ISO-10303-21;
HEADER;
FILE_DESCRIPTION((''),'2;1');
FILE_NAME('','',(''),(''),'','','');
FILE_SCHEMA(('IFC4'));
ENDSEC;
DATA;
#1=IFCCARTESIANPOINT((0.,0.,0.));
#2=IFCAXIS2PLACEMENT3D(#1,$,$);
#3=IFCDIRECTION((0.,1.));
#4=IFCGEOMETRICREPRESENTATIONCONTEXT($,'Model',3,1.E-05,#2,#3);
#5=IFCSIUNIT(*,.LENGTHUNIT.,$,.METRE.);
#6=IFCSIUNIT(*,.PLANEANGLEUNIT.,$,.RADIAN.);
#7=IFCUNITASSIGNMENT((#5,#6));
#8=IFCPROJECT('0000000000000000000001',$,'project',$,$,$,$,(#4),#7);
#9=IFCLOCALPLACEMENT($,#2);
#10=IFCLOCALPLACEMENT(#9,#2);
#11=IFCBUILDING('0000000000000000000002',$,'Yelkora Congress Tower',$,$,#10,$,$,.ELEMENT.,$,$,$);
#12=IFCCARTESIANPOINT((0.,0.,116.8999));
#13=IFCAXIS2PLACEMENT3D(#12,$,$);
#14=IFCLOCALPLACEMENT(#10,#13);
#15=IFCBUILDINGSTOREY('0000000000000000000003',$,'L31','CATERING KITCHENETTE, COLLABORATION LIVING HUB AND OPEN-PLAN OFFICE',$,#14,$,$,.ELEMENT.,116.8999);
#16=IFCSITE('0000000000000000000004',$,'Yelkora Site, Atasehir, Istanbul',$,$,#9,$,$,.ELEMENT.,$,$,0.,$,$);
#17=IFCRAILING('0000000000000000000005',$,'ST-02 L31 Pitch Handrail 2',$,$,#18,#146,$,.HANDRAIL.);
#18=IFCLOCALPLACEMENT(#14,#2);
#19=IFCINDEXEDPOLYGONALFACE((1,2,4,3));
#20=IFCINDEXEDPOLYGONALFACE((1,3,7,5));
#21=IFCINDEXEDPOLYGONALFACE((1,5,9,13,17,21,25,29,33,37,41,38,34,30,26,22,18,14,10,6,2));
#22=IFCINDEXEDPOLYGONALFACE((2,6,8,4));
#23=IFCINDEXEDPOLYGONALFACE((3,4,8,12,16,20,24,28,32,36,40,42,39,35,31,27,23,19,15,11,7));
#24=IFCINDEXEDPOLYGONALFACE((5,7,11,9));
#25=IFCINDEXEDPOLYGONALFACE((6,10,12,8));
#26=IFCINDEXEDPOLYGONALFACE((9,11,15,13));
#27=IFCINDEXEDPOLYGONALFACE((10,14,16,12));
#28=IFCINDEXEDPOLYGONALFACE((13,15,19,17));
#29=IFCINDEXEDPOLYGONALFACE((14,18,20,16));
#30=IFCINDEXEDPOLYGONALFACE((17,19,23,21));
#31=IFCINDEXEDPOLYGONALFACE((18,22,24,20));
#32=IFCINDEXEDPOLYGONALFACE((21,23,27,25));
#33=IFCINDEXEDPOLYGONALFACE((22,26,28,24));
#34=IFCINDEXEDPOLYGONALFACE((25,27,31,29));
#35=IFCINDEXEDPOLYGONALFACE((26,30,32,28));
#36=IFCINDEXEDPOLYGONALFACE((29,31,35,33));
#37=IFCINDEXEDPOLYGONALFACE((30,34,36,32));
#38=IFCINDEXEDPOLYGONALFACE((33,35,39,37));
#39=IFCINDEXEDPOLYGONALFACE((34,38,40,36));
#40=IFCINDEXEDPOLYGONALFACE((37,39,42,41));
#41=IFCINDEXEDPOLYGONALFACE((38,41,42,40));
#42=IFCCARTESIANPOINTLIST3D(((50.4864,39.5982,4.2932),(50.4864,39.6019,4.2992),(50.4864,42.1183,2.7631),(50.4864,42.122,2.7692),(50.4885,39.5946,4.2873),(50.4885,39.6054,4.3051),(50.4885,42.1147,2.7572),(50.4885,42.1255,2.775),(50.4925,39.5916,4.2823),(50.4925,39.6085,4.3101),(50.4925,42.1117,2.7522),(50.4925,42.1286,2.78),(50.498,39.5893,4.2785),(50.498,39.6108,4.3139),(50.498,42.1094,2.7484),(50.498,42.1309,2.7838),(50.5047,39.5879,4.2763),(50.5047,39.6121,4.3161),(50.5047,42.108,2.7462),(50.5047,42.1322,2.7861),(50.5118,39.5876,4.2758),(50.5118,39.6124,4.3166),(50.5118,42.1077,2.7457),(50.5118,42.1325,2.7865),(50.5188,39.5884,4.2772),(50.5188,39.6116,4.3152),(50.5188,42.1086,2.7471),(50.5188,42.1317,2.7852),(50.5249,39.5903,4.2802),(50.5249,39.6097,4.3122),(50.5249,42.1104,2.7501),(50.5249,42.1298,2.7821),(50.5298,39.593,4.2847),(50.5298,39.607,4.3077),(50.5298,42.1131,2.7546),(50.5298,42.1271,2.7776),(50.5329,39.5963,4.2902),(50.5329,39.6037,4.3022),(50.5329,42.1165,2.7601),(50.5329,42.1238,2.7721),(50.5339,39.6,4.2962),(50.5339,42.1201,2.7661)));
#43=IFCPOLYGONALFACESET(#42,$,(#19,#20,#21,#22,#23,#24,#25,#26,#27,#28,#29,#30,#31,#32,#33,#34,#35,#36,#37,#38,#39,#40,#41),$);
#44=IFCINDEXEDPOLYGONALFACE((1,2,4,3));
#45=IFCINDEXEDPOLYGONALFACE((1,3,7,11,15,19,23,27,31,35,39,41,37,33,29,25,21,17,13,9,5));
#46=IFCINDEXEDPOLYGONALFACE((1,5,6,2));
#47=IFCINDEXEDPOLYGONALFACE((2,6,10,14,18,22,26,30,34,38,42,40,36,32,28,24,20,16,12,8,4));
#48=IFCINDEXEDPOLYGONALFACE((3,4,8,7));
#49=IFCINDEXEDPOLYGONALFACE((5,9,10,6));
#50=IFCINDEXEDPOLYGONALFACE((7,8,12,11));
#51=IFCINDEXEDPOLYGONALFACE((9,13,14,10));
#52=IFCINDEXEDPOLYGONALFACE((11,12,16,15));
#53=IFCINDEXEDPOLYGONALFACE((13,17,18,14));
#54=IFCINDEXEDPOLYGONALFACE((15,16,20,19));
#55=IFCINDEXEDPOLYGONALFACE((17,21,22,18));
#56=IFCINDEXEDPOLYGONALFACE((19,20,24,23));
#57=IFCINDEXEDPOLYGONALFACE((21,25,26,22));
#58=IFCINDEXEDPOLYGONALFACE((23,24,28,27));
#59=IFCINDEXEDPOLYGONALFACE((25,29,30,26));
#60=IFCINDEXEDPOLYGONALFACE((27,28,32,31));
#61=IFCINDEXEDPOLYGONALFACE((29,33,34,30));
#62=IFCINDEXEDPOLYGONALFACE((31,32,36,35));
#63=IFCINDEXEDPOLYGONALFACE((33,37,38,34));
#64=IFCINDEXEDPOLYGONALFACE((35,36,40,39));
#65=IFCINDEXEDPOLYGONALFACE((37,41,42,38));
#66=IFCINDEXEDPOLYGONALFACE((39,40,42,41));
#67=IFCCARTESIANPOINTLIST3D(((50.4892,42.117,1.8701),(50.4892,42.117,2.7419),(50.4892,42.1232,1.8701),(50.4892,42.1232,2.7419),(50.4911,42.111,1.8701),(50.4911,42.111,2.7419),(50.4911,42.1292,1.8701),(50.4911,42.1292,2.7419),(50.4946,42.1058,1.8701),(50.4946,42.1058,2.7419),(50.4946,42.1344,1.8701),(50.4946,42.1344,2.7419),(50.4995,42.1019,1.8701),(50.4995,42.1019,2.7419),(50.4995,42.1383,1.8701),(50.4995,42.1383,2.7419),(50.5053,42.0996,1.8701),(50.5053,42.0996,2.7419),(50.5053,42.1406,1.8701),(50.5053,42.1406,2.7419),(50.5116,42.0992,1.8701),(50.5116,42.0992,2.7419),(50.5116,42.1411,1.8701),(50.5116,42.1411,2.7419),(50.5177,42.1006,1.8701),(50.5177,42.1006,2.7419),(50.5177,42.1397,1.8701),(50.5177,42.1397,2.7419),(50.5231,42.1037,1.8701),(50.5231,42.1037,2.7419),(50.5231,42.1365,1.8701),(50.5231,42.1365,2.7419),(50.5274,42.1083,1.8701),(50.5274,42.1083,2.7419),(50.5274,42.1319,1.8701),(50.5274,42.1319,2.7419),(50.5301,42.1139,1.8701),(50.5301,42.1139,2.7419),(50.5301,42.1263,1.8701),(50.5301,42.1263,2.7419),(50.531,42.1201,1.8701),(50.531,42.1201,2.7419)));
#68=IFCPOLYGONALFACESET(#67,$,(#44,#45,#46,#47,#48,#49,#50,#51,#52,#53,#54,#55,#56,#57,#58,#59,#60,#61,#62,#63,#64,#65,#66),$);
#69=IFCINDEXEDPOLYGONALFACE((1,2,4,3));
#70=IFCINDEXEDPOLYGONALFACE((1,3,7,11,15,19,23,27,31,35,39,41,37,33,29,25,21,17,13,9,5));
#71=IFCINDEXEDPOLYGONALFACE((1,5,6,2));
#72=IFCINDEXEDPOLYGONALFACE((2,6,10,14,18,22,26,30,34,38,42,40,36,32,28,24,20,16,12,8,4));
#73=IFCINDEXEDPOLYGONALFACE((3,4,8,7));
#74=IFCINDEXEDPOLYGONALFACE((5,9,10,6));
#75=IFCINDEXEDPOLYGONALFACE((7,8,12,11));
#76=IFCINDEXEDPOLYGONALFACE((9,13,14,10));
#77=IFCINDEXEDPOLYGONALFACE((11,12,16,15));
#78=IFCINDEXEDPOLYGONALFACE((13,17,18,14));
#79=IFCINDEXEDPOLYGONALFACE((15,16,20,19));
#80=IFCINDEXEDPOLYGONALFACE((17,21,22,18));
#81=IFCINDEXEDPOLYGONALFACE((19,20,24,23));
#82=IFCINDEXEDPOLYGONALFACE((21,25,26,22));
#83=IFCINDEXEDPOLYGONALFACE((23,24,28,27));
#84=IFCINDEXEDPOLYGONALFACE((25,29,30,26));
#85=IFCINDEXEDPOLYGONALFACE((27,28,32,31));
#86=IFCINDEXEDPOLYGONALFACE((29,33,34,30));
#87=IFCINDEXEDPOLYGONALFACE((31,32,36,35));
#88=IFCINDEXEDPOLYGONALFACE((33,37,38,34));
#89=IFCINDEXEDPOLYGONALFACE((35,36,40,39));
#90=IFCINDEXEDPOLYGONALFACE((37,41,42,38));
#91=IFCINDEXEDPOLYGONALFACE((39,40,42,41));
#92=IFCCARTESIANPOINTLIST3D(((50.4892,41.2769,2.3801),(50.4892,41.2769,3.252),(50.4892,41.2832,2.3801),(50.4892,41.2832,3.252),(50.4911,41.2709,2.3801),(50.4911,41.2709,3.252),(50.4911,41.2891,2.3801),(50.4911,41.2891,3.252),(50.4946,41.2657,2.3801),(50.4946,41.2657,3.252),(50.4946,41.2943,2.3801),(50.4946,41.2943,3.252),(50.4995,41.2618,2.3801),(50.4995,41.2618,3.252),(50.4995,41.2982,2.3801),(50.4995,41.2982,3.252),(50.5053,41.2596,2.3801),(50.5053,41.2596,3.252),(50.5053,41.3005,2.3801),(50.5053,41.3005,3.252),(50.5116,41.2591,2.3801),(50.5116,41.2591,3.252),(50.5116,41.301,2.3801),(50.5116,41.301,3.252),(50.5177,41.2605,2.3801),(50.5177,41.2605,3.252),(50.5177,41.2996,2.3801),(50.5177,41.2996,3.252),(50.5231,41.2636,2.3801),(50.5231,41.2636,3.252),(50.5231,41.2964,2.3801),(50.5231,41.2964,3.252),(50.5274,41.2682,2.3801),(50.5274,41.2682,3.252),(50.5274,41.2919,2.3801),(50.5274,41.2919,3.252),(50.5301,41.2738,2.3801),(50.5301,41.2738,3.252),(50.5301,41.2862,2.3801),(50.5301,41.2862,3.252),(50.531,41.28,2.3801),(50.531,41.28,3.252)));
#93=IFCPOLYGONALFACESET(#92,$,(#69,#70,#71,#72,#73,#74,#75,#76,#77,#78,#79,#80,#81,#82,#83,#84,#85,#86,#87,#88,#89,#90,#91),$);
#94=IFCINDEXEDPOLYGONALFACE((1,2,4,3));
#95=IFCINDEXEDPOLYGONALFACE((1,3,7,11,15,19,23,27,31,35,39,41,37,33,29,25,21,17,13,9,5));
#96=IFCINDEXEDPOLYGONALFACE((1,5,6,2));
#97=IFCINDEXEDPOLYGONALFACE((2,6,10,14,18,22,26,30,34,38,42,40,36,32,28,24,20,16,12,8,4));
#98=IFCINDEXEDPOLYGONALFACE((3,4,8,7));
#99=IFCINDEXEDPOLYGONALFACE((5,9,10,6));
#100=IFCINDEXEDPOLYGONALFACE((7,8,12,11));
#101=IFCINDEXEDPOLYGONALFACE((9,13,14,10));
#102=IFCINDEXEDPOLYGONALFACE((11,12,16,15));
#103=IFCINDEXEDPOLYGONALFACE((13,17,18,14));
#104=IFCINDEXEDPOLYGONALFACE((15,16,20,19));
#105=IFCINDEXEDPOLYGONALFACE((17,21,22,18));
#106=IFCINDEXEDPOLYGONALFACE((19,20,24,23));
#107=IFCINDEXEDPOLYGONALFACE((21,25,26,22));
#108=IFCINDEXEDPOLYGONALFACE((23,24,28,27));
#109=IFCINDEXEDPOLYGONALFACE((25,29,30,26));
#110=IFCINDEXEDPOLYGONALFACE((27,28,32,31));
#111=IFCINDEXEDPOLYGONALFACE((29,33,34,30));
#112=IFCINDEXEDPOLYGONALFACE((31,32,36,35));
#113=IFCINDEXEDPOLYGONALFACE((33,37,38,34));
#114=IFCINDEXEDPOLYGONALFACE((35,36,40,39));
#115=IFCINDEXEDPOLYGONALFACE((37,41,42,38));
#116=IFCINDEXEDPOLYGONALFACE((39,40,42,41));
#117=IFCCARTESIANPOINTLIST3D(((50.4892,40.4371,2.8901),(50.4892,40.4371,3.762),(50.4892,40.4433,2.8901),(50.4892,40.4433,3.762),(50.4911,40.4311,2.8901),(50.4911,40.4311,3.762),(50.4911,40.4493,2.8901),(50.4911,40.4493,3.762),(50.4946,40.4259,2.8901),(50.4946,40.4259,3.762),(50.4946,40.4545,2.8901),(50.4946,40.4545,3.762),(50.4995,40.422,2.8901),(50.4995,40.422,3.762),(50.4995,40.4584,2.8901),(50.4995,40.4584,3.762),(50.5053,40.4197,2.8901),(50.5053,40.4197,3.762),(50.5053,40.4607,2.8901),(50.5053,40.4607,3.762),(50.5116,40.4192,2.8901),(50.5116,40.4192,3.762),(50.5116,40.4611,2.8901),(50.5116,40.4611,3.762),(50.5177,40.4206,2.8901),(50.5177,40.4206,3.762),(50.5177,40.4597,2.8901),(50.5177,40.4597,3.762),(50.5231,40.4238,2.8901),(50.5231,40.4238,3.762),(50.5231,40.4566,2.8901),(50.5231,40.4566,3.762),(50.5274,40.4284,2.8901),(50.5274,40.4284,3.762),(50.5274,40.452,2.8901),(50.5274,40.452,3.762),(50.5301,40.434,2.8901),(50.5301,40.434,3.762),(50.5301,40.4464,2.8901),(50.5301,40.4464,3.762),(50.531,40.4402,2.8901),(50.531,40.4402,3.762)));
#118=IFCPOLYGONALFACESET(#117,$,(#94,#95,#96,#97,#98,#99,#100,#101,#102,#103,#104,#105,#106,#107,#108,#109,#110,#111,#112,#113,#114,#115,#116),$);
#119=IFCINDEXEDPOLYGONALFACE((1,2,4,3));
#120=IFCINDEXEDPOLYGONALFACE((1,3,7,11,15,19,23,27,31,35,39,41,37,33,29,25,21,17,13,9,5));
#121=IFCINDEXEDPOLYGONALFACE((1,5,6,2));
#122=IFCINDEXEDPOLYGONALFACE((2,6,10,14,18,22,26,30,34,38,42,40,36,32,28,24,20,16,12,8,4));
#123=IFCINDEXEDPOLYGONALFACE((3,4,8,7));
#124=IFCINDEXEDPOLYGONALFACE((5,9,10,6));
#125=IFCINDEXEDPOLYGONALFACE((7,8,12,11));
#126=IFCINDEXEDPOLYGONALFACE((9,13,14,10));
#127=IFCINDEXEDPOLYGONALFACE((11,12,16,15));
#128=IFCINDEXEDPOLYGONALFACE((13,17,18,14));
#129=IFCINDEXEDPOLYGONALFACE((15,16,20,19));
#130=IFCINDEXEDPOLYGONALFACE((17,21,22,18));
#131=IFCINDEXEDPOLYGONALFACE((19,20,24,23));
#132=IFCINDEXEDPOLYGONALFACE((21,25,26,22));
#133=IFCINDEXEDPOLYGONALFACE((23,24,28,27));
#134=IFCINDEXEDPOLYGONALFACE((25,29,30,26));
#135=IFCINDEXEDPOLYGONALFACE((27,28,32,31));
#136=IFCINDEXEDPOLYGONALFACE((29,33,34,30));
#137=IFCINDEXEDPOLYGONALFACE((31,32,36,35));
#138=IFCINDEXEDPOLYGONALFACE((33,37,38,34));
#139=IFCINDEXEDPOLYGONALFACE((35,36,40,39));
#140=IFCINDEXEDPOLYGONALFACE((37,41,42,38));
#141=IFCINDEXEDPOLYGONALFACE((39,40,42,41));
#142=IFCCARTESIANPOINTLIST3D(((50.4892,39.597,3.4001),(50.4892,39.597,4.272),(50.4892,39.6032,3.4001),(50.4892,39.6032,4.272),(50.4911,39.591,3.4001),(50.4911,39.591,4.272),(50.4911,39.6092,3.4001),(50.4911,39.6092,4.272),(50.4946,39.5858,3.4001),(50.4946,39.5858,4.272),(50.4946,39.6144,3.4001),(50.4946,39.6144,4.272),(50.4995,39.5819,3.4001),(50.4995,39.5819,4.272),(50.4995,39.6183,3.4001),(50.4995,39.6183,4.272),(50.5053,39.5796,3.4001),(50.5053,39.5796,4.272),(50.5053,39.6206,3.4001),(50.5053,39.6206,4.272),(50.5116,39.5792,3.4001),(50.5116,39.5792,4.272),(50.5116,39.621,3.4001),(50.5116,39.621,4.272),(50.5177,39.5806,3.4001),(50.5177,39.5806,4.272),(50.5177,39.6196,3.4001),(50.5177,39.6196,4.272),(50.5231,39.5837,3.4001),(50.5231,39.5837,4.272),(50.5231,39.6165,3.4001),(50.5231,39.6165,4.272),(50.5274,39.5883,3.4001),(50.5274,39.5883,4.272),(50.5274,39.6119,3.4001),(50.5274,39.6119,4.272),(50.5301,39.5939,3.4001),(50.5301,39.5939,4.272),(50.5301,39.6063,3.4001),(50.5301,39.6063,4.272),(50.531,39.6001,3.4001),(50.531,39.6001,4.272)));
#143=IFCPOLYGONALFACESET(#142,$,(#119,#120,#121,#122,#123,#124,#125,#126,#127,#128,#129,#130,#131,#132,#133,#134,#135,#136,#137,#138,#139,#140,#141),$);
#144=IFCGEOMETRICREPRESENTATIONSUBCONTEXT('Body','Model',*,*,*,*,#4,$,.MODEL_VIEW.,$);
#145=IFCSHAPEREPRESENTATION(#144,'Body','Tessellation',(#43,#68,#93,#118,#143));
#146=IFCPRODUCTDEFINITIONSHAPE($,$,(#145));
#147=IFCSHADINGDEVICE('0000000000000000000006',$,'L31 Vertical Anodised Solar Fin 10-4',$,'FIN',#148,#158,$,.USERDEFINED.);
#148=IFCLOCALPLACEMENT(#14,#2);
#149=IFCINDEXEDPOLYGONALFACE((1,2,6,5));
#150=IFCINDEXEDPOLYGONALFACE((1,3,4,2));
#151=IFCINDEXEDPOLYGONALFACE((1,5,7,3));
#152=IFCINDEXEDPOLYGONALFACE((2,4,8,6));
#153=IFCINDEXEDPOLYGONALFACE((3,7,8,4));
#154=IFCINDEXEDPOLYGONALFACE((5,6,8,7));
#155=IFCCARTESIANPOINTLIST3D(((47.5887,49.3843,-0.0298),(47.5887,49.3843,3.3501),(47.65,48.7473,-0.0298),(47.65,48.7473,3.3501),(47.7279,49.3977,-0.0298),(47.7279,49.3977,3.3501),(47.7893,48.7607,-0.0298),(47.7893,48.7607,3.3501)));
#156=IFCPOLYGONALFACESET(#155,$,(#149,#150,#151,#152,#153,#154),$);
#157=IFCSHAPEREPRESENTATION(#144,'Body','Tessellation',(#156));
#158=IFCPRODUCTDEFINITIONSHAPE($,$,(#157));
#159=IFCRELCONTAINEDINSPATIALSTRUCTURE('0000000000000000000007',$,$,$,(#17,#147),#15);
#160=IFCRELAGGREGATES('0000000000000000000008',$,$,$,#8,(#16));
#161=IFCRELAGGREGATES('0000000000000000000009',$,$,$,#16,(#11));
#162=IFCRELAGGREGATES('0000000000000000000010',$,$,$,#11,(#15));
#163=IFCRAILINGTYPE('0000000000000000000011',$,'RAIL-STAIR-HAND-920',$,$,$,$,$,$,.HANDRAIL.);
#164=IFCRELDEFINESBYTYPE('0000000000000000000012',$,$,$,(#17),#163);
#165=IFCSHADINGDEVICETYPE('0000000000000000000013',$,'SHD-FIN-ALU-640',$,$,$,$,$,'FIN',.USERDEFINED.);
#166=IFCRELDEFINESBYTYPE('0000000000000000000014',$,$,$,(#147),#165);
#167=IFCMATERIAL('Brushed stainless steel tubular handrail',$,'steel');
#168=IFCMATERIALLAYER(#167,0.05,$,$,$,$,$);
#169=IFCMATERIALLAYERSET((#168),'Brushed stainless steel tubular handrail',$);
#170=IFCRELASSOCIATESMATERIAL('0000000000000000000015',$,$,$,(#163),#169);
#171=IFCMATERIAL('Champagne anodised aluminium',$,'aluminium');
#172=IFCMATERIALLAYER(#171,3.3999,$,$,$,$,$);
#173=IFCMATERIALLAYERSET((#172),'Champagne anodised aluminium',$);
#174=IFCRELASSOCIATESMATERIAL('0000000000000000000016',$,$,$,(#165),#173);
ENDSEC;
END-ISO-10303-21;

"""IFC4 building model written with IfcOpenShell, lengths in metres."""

from ifc_helpers import new_model, si_unit, direction, frame, origin, origin_2d, place, context, subcontext, project, spatial, rectangle, circle, extrude, material, layer, layer_set, type_object, element, save


model = new_model("IFC4")

# Units and contexts
model_context = context("Model", 3, precision=1e-05, world=origin(), true_north=direction((0.0, 1.0)))
body_context = subcontext(model_context, "Body", "Model", "MODEL_VIEW")
ifc_project = project(units=[si_unit("LENGTHUNIT", "METRE"), si_unit("PLANEANGLEUNIT", "RADIAN")], contexts=[model_context])

# Site, building, storey
site_placement = place(None, origin())
site = spatial("IfcSite", under=ifc_project, at=site_placement, Name="Yelkora Site, Atasehir, Istanbul", CompositionType="ELEMENT", RefElevation=0.0)
building_placement = place(site_placement, origin())
building = spatial("IfcBuilding", under=site, at=building_placement, Name="Yelkora Congress Tower", CompositionType="ELEMENT")
storey_placement = place(building_placement, frame((0.0, 0.0, 116.8999)))
storey = spatial("IfcBuildingStorey", under=building, at=storey_placement, Name="L31", Description="CATERING KITCHENETTE, COLLABORATION LIVING HUB AND OPEN-PLAN OFFICE", CompositionType="ELEMENT", Elevation=116.8999)

# Railing
ifc_material_1 = material(Name="Brushed stainless steel tubular handrail", Category="steel")
ifc_layer_1 = layer(ifc_material_1, 0.05)
ifc_layer_set_1 = layer_set([ifc_layer_1], Name="Brushed stainless steel tubular handrail")
railing_type_1 = type_object("IfcRailingType", Name="RAIL-STAIR-HAND-920", PredefinedType="HANDRAIL", material=ifc_layer_set_1)
railing_1_placement = place(storey_placement, frame((50.51, 42.1201, 1.8701)))
element("IfcRailing", 1, at=railing_1_placement, inside=storey, type_object=railing_type_1, Name="ST-02 L31 Pitch Handrail 2", PredefinedType="HANDRAIL", context=body_context, shape_type="SweptSolid", body=[
    extrude(circle(Radius=0.0239, at=origin_2d()), frame((0.0, 0.0, 0.896), z_axis=(0.0, -0.854785, 0.518982), x_axis=(1.0, 0.0, 0.0)), (0.0, 0.0, 1.0), 2.9482),
    extrude(circle(Radius=0.021, at=origin_2d()), origin(), (0.0, 0.0, 1.0), 0.8718),
    extrude(circle(Radius=0.021, at=origin_2d()), frame((0.0, -0.8401, 0.51)), (0.0, 0.0, 1.0), 0.8718),
    extrude(circle(Radius=0.021, at=origin_2d()), frame((0.0, -1.6799, 1.02)), (0.0, 0.0, 1.0), 0.8718),
    extrude(circle(Radius=0.021, at=origin_2d()), frame((0.0, -2.52, 1.53)), (0.0, 0.0, 1.0), 0.8718),
])

# Shading device
ifc_material_2 = material(Name="Champagne anodised aluminium", Category="aluminium")
ifc_layer_2 = layer(ifc_material_2, 3.3999)
ifc_layer_set_2 = layer_set([ifc_layer_2], Name="Champagne anodised aluminium")
shading_device_type = type_object("IfcShadingDeviceType", Name="SHD-FIN-ALU-640", ElementType="FIN", PredefinedType="USERDEFINED", material=ifc_layer_set_2)
shading_device_placement = place(storey_placement, frame((47.689, 49.0725, -0.0298), z_axis=(0.0, 0.0, 1.0), x_axis=(0.995396, 0.095846, 0.0)))
element("IfcShadingDevice", 2, at=shading_device_placement, inside=storey, type_object=shading_device_type, Name="L31 Vertical Anodised Solar Fin 10-4", ObjectType="FIN", PredefinedType="USERDEFINED", context=body_context, shape_type="SweptSolid", body=[
    extrude(rectangle(XDim=0.1399, YDim=0.6399, at=origin_2d()), origin(), (0.0, 0.0, 1.0), 3.3799),
])

save(model, "model.ifc")
